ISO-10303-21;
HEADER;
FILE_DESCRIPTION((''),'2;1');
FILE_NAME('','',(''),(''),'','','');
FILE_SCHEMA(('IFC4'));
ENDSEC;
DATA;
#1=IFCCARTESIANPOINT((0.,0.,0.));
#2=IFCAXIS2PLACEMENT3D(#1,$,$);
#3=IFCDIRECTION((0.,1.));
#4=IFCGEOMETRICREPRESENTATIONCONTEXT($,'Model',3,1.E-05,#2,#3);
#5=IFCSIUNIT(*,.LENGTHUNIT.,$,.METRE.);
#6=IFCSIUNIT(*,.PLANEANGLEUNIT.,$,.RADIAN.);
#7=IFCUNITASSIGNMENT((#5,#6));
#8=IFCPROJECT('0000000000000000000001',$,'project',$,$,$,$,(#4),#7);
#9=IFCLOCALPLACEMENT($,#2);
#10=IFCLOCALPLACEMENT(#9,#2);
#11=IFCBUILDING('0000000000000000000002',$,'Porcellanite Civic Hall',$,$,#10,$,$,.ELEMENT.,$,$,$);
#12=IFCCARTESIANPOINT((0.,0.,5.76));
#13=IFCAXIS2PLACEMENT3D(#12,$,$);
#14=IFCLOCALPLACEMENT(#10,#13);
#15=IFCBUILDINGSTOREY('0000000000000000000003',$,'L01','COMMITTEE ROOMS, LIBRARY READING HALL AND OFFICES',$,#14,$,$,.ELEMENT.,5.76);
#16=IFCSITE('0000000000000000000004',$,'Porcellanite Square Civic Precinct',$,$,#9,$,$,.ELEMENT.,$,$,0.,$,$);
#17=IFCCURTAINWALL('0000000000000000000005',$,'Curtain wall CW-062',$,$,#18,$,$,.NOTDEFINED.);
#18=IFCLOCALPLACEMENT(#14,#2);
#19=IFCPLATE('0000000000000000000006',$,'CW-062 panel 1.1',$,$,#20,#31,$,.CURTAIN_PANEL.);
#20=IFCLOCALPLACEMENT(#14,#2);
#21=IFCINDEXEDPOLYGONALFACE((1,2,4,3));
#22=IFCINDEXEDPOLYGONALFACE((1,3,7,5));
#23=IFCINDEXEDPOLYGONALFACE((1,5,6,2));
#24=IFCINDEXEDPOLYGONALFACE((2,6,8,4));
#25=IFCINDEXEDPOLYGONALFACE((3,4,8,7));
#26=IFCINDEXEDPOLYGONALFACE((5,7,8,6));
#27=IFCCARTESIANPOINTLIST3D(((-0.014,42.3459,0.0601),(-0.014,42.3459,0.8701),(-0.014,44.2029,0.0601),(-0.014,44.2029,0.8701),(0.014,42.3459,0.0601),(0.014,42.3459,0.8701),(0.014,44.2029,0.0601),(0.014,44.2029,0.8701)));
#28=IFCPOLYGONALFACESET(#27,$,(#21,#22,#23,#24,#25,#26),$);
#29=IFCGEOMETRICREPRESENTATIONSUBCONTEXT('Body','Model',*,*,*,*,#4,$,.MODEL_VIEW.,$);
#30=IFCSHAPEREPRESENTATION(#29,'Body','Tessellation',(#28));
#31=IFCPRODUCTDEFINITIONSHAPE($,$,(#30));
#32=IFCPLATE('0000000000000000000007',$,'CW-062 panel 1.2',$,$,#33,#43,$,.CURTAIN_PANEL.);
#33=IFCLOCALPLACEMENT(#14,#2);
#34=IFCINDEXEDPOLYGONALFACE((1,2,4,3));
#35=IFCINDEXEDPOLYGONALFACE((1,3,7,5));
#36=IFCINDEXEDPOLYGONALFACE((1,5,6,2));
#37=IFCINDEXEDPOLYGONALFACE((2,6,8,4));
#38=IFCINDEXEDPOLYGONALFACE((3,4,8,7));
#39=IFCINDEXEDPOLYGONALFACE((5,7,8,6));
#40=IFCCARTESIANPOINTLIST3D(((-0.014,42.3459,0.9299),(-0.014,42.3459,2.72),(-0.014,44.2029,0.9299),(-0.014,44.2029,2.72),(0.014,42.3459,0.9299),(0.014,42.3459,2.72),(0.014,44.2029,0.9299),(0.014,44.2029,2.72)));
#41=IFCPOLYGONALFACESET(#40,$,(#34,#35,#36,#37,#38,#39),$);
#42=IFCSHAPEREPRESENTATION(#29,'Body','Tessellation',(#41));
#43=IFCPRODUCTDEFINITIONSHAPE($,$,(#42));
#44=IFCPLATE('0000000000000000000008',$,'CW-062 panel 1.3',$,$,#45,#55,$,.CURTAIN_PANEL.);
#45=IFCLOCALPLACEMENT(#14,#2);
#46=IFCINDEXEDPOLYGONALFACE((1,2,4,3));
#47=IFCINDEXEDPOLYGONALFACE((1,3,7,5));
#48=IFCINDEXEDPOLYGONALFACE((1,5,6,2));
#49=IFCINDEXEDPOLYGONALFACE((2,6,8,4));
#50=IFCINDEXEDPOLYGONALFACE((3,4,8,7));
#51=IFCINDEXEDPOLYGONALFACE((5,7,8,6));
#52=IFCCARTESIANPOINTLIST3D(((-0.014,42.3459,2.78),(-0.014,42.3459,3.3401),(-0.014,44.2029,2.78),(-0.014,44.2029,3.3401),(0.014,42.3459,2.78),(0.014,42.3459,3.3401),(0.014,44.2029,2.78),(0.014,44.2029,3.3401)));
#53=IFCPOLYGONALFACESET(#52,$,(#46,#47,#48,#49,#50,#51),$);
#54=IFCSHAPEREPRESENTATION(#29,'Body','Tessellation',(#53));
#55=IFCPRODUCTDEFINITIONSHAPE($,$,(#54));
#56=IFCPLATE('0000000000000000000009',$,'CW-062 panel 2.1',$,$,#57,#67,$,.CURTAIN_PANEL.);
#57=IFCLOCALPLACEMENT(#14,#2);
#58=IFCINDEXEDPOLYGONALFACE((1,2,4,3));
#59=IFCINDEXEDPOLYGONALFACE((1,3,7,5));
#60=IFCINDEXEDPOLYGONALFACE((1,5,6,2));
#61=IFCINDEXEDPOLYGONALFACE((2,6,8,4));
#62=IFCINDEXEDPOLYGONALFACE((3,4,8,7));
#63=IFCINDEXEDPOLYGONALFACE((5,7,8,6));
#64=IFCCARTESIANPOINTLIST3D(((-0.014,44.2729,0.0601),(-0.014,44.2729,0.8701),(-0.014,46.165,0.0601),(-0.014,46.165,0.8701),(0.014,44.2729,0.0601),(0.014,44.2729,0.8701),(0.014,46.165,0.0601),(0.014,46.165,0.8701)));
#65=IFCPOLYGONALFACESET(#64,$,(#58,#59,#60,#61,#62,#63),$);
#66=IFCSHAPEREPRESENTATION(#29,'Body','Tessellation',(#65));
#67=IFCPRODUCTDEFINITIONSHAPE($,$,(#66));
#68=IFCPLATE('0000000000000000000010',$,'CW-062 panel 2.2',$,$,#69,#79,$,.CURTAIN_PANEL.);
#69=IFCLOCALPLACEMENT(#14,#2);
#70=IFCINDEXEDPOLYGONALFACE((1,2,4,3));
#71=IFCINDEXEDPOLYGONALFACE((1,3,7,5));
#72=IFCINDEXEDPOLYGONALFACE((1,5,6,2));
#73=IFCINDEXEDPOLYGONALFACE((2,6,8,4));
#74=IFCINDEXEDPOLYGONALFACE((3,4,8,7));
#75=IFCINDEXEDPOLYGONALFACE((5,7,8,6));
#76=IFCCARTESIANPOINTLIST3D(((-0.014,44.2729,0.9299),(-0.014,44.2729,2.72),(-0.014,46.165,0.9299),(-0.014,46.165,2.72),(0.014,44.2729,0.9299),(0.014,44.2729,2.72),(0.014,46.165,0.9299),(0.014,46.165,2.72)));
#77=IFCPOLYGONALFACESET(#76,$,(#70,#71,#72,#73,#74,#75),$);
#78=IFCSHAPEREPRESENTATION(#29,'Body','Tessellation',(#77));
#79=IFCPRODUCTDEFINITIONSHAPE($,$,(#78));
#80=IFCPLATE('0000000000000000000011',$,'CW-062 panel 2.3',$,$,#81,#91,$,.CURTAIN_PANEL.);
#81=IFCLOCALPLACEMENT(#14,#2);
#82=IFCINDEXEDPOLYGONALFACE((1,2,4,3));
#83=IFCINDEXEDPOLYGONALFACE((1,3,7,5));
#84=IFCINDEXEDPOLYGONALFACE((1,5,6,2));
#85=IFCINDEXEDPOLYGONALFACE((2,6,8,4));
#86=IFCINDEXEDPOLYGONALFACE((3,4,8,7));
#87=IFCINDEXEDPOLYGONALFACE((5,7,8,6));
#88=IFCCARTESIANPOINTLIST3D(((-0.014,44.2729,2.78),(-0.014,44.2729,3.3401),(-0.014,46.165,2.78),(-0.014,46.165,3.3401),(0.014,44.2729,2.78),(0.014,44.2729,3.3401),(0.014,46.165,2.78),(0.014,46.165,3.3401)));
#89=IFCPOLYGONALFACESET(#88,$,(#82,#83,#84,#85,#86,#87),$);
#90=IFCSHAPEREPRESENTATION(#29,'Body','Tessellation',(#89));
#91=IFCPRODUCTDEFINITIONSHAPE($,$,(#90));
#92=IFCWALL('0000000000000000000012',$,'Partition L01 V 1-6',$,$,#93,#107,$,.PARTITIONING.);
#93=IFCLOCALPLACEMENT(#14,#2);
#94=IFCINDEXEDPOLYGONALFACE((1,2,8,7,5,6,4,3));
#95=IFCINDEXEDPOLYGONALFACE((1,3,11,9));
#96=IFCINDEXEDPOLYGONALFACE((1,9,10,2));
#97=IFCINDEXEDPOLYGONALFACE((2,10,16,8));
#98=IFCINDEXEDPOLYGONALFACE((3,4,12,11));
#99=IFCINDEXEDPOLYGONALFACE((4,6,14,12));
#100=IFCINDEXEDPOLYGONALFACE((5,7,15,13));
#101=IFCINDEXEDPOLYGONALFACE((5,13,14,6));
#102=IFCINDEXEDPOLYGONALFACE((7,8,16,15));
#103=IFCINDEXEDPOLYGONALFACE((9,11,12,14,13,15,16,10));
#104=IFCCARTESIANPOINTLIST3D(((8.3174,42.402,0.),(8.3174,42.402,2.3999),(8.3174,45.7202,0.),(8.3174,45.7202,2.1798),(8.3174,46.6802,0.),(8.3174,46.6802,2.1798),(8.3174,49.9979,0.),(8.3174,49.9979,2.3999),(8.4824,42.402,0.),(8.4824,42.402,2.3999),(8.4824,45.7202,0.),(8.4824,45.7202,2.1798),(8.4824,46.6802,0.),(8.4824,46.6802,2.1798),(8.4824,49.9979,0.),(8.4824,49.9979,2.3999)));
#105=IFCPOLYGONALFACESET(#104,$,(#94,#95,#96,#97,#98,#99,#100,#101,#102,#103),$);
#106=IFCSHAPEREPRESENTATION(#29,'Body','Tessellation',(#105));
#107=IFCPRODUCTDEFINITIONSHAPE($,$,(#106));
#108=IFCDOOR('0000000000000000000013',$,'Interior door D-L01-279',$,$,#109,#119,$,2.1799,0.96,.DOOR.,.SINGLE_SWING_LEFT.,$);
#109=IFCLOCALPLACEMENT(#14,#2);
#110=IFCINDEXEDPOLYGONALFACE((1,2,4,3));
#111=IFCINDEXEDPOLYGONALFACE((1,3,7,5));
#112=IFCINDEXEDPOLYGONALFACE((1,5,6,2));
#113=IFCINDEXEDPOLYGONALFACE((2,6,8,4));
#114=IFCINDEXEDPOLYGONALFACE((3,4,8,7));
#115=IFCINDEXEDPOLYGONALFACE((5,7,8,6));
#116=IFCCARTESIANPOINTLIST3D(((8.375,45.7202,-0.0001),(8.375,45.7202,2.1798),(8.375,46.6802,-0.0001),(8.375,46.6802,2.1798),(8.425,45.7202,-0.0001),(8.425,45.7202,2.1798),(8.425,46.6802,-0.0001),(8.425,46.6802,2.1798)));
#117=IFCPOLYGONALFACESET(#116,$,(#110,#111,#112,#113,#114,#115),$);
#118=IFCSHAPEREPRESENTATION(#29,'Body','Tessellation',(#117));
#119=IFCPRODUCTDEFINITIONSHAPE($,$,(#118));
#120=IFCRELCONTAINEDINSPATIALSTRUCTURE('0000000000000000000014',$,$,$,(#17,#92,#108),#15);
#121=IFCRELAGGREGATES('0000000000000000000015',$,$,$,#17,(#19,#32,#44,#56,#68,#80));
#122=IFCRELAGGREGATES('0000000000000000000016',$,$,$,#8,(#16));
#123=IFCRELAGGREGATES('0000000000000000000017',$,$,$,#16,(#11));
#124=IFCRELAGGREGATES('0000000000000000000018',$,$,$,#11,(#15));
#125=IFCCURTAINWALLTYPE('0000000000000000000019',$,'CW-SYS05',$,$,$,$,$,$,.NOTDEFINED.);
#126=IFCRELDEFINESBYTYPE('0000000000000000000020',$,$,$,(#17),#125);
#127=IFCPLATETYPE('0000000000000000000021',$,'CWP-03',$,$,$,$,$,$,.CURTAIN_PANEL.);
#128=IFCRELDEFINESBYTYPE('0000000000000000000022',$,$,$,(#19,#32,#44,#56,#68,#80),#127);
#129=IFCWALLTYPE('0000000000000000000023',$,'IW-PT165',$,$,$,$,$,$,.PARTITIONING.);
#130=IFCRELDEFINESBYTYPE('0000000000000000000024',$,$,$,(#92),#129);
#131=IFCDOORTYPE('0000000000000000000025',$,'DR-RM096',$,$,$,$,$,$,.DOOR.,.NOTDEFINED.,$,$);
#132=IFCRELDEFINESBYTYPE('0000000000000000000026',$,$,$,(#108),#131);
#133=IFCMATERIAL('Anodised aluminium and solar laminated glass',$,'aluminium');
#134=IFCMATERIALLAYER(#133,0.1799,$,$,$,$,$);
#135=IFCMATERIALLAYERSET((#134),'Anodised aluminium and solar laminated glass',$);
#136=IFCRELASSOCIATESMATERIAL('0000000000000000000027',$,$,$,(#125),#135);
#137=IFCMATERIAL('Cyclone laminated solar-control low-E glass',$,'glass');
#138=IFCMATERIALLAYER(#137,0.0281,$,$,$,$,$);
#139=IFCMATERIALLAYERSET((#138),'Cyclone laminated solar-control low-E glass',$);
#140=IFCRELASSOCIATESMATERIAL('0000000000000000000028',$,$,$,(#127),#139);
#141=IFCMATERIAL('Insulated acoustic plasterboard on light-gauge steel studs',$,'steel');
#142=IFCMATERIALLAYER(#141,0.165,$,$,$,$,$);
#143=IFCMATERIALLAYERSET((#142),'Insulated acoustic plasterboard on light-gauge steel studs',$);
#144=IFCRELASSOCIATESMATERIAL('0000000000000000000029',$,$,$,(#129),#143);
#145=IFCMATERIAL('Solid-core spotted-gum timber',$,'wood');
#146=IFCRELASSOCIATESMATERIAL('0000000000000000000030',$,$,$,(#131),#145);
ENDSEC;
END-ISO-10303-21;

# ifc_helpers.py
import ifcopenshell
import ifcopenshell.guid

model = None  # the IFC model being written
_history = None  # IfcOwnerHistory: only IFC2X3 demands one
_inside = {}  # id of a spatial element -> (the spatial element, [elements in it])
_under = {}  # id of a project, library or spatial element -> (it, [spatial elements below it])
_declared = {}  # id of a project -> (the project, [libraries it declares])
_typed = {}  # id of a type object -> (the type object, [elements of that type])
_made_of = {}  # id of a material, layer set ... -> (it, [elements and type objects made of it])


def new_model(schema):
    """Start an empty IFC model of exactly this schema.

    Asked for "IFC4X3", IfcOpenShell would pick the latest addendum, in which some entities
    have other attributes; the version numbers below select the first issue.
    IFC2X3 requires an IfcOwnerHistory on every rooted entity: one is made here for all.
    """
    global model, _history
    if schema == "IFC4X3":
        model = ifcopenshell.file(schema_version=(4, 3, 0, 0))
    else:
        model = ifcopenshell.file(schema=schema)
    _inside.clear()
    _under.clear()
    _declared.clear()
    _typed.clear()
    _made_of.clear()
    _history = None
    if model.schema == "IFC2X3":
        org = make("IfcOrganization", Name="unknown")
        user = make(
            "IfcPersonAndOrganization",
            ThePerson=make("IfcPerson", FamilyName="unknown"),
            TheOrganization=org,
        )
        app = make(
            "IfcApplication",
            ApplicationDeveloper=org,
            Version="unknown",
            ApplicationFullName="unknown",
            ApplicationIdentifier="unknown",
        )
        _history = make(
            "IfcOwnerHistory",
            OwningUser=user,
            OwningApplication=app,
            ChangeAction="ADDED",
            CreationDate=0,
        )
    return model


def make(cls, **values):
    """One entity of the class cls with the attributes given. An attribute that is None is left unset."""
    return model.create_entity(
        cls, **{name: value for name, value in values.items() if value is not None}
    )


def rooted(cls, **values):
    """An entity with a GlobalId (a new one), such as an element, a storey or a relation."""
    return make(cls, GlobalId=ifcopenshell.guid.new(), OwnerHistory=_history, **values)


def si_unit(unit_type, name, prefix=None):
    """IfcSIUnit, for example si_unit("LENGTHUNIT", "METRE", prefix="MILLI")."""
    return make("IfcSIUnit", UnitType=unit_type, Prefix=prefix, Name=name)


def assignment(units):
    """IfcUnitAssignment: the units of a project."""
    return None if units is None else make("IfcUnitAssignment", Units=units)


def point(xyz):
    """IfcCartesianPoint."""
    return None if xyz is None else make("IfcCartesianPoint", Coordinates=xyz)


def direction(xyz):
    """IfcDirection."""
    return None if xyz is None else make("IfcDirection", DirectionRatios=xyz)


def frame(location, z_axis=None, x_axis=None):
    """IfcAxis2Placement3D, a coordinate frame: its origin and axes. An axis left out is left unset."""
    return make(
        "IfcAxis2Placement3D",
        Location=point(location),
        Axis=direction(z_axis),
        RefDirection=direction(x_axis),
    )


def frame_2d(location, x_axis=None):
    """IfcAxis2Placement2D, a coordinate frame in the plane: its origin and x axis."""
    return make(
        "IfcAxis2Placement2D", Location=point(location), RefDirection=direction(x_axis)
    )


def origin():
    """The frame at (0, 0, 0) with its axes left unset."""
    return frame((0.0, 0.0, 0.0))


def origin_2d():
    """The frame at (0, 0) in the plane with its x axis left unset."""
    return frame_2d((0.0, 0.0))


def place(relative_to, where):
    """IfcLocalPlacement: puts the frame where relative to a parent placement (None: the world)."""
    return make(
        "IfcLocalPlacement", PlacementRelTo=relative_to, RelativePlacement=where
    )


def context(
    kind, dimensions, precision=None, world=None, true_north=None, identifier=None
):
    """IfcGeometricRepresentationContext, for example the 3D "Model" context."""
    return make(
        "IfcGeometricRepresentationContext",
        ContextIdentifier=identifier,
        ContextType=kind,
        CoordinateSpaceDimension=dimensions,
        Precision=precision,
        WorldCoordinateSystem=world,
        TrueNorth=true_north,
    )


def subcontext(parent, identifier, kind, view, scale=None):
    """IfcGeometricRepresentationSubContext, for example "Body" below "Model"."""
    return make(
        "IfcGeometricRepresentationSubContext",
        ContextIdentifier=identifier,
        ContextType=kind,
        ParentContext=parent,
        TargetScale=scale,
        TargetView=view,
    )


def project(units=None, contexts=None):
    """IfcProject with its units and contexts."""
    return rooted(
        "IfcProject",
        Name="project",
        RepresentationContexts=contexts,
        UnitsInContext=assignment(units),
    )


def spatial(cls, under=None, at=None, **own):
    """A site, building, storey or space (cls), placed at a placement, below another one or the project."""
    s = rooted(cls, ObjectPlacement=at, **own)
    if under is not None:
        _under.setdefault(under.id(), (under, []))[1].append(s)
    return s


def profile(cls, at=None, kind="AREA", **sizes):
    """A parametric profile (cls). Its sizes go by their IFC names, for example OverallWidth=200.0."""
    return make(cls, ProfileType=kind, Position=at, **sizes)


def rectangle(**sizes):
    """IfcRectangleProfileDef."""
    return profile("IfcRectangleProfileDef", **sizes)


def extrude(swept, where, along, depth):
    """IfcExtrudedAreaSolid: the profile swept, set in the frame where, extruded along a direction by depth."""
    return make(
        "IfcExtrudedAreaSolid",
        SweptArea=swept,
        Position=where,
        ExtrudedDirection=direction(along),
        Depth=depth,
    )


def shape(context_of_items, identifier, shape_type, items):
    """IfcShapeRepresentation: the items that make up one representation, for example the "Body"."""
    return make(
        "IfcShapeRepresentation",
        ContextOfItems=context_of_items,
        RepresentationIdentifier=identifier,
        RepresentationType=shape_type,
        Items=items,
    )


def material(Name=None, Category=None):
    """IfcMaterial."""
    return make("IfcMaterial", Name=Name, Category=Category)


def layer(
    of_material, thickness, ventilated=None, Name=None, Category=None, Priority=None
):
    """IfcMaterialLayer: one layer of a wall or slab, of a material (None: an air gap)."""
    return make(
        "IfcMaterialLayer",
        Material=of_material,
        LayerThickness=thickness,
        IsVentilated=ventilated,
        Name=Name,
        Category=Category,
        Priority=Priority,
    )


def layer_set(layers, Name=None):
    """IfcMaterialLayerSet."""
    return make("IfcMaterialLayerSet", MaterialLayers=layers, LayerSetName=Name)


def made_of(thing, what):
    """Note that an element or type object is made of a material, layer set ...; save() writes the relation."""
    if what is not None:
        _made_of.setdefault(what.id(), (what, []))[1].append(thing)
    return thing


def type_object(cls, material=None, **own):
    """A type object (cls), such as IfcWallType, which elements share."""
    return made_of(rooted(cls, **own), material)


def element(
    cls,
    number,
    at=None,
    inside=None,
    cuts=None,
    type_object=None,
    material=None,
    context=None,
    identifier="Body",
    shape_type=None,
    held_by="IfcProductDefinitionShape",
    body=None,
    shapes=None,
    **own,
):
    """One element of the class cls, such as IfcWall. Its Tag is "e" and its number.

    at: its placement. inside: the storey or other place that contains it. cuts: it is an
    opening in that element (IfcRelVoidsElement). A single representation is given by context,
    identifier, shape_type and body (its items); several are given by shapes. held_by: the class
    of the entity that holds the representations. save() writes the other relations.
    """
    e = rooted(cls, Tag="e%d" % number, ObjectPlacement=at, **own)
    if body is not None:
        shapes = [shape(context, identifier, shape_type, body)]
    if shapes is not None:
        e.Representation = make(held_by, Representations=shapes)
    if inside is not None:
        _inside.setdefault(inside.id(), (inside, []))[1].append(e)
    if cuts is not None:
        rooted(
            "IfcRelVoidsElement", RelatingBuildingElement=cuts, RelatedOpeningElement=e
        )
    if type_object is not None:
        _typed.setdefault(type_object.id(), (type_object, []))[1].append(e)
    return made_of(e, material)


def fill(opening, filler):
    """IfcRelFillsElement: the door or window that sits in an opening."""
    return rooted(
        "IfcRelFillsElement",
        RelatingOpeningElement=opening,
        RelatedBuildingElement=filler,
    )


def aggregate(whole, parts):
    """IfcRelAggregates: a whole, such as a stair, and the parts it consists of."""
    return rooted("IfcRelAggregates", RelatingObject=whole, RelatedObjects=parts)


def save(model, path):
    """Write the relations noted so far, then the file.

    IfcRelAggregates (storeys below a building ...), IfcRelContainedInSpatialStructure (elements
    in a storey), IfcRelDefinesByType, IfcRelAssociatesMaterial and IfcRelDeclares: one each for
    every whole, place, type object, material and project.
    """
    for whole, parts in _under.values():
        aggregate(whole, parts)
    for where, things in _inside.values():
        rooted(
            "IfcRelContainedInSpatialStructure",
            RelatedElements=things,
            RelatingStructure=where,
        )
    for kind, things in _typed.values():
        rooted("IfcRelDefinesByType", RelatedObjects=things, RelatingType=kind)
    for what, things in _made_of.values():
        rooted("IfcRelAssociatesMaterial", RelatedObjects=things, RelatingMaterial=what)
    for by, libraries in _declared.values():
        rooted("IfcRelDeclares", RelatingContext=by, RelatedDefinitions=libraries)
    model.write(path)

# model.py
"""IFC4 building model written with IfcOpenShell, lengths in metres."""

from ifc_helpers import new_model, si_unit, direction, frame, frame_2d, origin, origin_2d, place, context, subcontext, project, spatial, rectangle, extrude, material, layer, layer_set, type_object, element, fill, aggregate, save


model = new_model("IFC4")

# Units and contexts
model_context = context("Model", 3, precision=1e-05, world=origin(), true_north=direction((0.0, 1.0)))
body_context = subcontext(model_context, "Body", "Model", "MODEL_VIEW")
ifc_project = project(units=[si_unit("LENGTHUNIT", "METRE"), si_unit("PLANEANGLEUNIT", "RADIAN")], contexts=[model_context])

# Site, building, storey
site_placement = place(None, origin())
site = spatial("IfcSite", under=ifc_project, at=site_placement, Name="Porcellanite Square Civic Precinct", CompositionType="ELEMENT", RefElevation=0.0)
building_placement = place(site_placement, origin())
building = spatial("IfcBuilding", under=site, at=building_placement, Name="Porcellanite Civic Hall", CompositionType="ELEMENT")
storey_placement = place(building_placement, frame((0.0, 0.0, 5.76)))
storey = spatial("IfcBuildingStorey", under=building, at=storey_placement, Name="L01", Description="COMMITTEE ROOMS, LIBRARY READING HALL AND OFFICES", CompositionType="ELEMENT", Elevation=5.76)

# Curtain wall
ifc_material_1 = material(Name="Anodised aluminium and solar laminated glass", Category="aluminium")
ifc_layer_1 = layer(ifc_material_1, 0.1799)
ifc_layer_set_1 = layer_set([ifc_layer_1], Name="Anodised aluminium and solar laminated glass")
curtain_wall_type = type_object("IfcCurtainWallType", Name="CW-SYS05", PredefinedType="NOTDEFINED", material=ifc_layer_set_1)
curtain_wall_placement = place(storey_placement, origin())
curtain_wall = element("IfcCurtainWall", 1, at=curtain_wall_placement, inside=storey, type_object=curtain_wall_type, Name="Curtain wall CW-062", PredefinedType="NOTDEFINED")

# Plates
ifc_material_2 = material(Name="Cyclone laminated solar-control low-E glass", Category="glass")
ifc_layer_2 = layer(ifc_material_2, 0.0281)
ifc_layer_set_2 = layer_set([ifc_layer_2], Name="Cyclone laminated solar-control low-E glass")
plate_type = type_object("IfcPlateType", Name="CWP-03", PredefinedType="CURTAIN_PANEL", material=ifc_layer_set_2)
plate_1_placement = place(storey_placement, frame((0.0, 43.2744, 0.0601), z_axis=(0.0, 0.0, 1.0), x_axis=(0.0, 1.0, 0.0)))
plate_1 = element("IfcPlate", 2, at=plate_1_placement, type_object=plate_type, Name="CW-062 panel 1.1", PredefinedType="CURTAIN_PANEL", context=body_context, shape_type="SweptSolid", body=[
    extrude(rectangle(XDim=1.8569, YDim=0.0281, at=origin_2d()), origin(), (0.0, 0.0, 1.0), 0.8101),
])
plate_2_placement = place(storey_placement, frame((0.0, 43.2744, 0.9299), z_axis=(0.0, 0.0, 1.0), x_axis=(0.0, 1.0, 0.0)))
plate_2 = element("IfcPlate", 3, at=plate_2_placement, type_object=plate_type, Name="CW-062 panel 1.2", PredefinedType="CURTAIN_PANEL", context=body_context, shape_type="SweptSolid", body=[
    extrude(rectangle(XDim=1.8569, YDim=0.0281, at=origin_2d()), origin(), (0.0, 0.0, 1.0), 1.79),
])
plate_3_placement = place(storey_placement, frame((0.0, 43.2744, 2.78), z_axis=(0.0, 0.0, 1.0), x_axis=(0.0, 1.0, 0.0)))
plate_3 = element("IfcPlate", 4, at=plate_3_placement, type_object=plate_type, Name="CW-062 panel 1.3", PredefinedType="CURTAIN_PANEL", context=body_context, shape_type="SweptSolid", body=[
    extrude(rectangle(XDim=1.8569, YDim=0.0281, at=origin_2d()), origin(), (0.0, 0.0, 1.0), 0.5601),
])
plate_4_placement = place(storey_placement, frame((0.0, 45.219, 0.0601), z_axis=(0.0, 0.0, 1.0), x_axis=(0.0, 1.0, 0.0)))
plate_4 = element("IfcPlate", 5, at=plate_4_placement, type_object=plate_type, Name="CW-062 panel 2.1", PredefinedType="CURTAIN_PANEL", context=body_context, shape_type="SweptSolid", body=[
    extrude(rectangle(XDim=1.8921, YDim=0.0281, at=origin_2d()), origin(), (0.0, 0.0, 1.0), 0.8101),
])
plate_5_placement = place(storey_placement, frame((0.0, 45.219, 0.9299), z_axis=(0.0, 0.0, 1.0), x_axis=(0.0, 1.0, 0.0)))
plate_5 = element("IfcPlate", 6, at=plate_5_placement, type_object=plate_type, Name="CW-062 panel 2.2", PredefinedType="CURTAIN_PANEL", context=body_context, shape_type="SweptSolid", body=[
    extrude(rectangle(XDim=1.8921, YDim=0.0281, at=origin_2d()), origin(), (0.0, 0.0, 1.0), 1.79),
])
plate_6_placement = place(storey_placement, frame((0.0, 45.219, 2.78), z_axis=(0.0, 0.0, 1.0), x_axis=(0.0, 1.0, 0.0)))
plate_6 = element("IfcPlate", 7, at=plate_6_placement, type_object=plate_type, Name="CW-062 panel 2.3", PredefinedType="CURTAIN_PANEL", context=body_context, shape_type="SweptSolid", body=[
    extrude(rectangle(XDim=1.8921, YDim=0.0281, at=origin_2d()), origin(), (0.0, 0.0, 1.0), 0.5601),
])
aggregate(curtain_wall, [plate_1, plate_2, plate_3, plate_4, plate_5, plate_6])

# Wall, opening, door
ifc_material_3 = material(Name="Insulated acoustic plasterboard on light-gauge steel studs", Category="steel")
ifc_layer_3 = layer(ifc_material_3, 0.165)
ifc_layer_set_3 = layer_set([ifc_layer_3], Name="Insulated acoustic plasterboard on light-gauge steel studs")
wall_type = type_object("IfcWallType", Name="IW-PT165", PredefinedType="PARTITIONING", material=ifc_layer_set_3)
wall_placement = place(storey_placement, frame((8.3999, 42.4021, 0.0), z_axis=(0.0, 0.0, 1.0), x_axis=(0.0, 1.0, 0.0)))
wall = element("IfcWall", 8, at=wall_placement, inside=storey, type_object=wall_type, Name="Partition L01 V 1-6", PredefinedType="PARTITIONING", context=body_context, shape_type="SweptSolid", body=[
    extrude(rectangle(XDim=7.5959, YDim=0.165, at=frame_2d((3.7979, 0.0))), origin(), (0.0, 0.0, 1.0), 2.3999),
])
opening_placement = place(wall_placement, frame((3.3181, 0.0, 0.0)))
opening = element("IfcOpeningElement", 9, at=opening_placement, cuts=wall, PredefinedType="OPENING", context=body_context, shape_type="SweptSolid", body=[
    extrude(rectangle(XDim=0.96, YDim=2.1799, at=frame_2d((0.48, 1.0898))), frame((0.0, 0.0825, 0.0), z_axis=(0.0, -1.0, 0.0), x_axis=(1.0, 0.0, 0.0)), (0.0, 0.0, 1.0), 0.165),
])
ifc_material_4 = material(Name="Solid-core spotted-gum timber", Category="wood")
door_type = type_object("IfcDoorType", Name="DR-RM096", OperationType="NOTDEFINED", PredefinedType="DOOR", material=ifc_material_4)
door_placement = place(opening_placement, origin())
door = element("IfcDoor", 10, at=door_placement, inside=storey, type_object=door_type, Name="Interior door D-L01-279", OperationType="SINGLE_SWING_LEFT", OverallHeight=2.1799, OverallWidth=0.96, PredefinedType="DOOR", context=body_context, shape_type="SweptSolid", body=[
    extrude(rectangle(XDim=0.96, YDim=2.1799, at=frame_2d((0.48, 1.0898))), frame((0.0, 0.0249, 0.0), z_axis=(0.0, -1.0, 0.0), x_axis=(1.0, 0.0, 0.0)), (0.0, 0.0, 1.0), 0.05),
])
fill(opening, door)

save(model, "model.ifc")
